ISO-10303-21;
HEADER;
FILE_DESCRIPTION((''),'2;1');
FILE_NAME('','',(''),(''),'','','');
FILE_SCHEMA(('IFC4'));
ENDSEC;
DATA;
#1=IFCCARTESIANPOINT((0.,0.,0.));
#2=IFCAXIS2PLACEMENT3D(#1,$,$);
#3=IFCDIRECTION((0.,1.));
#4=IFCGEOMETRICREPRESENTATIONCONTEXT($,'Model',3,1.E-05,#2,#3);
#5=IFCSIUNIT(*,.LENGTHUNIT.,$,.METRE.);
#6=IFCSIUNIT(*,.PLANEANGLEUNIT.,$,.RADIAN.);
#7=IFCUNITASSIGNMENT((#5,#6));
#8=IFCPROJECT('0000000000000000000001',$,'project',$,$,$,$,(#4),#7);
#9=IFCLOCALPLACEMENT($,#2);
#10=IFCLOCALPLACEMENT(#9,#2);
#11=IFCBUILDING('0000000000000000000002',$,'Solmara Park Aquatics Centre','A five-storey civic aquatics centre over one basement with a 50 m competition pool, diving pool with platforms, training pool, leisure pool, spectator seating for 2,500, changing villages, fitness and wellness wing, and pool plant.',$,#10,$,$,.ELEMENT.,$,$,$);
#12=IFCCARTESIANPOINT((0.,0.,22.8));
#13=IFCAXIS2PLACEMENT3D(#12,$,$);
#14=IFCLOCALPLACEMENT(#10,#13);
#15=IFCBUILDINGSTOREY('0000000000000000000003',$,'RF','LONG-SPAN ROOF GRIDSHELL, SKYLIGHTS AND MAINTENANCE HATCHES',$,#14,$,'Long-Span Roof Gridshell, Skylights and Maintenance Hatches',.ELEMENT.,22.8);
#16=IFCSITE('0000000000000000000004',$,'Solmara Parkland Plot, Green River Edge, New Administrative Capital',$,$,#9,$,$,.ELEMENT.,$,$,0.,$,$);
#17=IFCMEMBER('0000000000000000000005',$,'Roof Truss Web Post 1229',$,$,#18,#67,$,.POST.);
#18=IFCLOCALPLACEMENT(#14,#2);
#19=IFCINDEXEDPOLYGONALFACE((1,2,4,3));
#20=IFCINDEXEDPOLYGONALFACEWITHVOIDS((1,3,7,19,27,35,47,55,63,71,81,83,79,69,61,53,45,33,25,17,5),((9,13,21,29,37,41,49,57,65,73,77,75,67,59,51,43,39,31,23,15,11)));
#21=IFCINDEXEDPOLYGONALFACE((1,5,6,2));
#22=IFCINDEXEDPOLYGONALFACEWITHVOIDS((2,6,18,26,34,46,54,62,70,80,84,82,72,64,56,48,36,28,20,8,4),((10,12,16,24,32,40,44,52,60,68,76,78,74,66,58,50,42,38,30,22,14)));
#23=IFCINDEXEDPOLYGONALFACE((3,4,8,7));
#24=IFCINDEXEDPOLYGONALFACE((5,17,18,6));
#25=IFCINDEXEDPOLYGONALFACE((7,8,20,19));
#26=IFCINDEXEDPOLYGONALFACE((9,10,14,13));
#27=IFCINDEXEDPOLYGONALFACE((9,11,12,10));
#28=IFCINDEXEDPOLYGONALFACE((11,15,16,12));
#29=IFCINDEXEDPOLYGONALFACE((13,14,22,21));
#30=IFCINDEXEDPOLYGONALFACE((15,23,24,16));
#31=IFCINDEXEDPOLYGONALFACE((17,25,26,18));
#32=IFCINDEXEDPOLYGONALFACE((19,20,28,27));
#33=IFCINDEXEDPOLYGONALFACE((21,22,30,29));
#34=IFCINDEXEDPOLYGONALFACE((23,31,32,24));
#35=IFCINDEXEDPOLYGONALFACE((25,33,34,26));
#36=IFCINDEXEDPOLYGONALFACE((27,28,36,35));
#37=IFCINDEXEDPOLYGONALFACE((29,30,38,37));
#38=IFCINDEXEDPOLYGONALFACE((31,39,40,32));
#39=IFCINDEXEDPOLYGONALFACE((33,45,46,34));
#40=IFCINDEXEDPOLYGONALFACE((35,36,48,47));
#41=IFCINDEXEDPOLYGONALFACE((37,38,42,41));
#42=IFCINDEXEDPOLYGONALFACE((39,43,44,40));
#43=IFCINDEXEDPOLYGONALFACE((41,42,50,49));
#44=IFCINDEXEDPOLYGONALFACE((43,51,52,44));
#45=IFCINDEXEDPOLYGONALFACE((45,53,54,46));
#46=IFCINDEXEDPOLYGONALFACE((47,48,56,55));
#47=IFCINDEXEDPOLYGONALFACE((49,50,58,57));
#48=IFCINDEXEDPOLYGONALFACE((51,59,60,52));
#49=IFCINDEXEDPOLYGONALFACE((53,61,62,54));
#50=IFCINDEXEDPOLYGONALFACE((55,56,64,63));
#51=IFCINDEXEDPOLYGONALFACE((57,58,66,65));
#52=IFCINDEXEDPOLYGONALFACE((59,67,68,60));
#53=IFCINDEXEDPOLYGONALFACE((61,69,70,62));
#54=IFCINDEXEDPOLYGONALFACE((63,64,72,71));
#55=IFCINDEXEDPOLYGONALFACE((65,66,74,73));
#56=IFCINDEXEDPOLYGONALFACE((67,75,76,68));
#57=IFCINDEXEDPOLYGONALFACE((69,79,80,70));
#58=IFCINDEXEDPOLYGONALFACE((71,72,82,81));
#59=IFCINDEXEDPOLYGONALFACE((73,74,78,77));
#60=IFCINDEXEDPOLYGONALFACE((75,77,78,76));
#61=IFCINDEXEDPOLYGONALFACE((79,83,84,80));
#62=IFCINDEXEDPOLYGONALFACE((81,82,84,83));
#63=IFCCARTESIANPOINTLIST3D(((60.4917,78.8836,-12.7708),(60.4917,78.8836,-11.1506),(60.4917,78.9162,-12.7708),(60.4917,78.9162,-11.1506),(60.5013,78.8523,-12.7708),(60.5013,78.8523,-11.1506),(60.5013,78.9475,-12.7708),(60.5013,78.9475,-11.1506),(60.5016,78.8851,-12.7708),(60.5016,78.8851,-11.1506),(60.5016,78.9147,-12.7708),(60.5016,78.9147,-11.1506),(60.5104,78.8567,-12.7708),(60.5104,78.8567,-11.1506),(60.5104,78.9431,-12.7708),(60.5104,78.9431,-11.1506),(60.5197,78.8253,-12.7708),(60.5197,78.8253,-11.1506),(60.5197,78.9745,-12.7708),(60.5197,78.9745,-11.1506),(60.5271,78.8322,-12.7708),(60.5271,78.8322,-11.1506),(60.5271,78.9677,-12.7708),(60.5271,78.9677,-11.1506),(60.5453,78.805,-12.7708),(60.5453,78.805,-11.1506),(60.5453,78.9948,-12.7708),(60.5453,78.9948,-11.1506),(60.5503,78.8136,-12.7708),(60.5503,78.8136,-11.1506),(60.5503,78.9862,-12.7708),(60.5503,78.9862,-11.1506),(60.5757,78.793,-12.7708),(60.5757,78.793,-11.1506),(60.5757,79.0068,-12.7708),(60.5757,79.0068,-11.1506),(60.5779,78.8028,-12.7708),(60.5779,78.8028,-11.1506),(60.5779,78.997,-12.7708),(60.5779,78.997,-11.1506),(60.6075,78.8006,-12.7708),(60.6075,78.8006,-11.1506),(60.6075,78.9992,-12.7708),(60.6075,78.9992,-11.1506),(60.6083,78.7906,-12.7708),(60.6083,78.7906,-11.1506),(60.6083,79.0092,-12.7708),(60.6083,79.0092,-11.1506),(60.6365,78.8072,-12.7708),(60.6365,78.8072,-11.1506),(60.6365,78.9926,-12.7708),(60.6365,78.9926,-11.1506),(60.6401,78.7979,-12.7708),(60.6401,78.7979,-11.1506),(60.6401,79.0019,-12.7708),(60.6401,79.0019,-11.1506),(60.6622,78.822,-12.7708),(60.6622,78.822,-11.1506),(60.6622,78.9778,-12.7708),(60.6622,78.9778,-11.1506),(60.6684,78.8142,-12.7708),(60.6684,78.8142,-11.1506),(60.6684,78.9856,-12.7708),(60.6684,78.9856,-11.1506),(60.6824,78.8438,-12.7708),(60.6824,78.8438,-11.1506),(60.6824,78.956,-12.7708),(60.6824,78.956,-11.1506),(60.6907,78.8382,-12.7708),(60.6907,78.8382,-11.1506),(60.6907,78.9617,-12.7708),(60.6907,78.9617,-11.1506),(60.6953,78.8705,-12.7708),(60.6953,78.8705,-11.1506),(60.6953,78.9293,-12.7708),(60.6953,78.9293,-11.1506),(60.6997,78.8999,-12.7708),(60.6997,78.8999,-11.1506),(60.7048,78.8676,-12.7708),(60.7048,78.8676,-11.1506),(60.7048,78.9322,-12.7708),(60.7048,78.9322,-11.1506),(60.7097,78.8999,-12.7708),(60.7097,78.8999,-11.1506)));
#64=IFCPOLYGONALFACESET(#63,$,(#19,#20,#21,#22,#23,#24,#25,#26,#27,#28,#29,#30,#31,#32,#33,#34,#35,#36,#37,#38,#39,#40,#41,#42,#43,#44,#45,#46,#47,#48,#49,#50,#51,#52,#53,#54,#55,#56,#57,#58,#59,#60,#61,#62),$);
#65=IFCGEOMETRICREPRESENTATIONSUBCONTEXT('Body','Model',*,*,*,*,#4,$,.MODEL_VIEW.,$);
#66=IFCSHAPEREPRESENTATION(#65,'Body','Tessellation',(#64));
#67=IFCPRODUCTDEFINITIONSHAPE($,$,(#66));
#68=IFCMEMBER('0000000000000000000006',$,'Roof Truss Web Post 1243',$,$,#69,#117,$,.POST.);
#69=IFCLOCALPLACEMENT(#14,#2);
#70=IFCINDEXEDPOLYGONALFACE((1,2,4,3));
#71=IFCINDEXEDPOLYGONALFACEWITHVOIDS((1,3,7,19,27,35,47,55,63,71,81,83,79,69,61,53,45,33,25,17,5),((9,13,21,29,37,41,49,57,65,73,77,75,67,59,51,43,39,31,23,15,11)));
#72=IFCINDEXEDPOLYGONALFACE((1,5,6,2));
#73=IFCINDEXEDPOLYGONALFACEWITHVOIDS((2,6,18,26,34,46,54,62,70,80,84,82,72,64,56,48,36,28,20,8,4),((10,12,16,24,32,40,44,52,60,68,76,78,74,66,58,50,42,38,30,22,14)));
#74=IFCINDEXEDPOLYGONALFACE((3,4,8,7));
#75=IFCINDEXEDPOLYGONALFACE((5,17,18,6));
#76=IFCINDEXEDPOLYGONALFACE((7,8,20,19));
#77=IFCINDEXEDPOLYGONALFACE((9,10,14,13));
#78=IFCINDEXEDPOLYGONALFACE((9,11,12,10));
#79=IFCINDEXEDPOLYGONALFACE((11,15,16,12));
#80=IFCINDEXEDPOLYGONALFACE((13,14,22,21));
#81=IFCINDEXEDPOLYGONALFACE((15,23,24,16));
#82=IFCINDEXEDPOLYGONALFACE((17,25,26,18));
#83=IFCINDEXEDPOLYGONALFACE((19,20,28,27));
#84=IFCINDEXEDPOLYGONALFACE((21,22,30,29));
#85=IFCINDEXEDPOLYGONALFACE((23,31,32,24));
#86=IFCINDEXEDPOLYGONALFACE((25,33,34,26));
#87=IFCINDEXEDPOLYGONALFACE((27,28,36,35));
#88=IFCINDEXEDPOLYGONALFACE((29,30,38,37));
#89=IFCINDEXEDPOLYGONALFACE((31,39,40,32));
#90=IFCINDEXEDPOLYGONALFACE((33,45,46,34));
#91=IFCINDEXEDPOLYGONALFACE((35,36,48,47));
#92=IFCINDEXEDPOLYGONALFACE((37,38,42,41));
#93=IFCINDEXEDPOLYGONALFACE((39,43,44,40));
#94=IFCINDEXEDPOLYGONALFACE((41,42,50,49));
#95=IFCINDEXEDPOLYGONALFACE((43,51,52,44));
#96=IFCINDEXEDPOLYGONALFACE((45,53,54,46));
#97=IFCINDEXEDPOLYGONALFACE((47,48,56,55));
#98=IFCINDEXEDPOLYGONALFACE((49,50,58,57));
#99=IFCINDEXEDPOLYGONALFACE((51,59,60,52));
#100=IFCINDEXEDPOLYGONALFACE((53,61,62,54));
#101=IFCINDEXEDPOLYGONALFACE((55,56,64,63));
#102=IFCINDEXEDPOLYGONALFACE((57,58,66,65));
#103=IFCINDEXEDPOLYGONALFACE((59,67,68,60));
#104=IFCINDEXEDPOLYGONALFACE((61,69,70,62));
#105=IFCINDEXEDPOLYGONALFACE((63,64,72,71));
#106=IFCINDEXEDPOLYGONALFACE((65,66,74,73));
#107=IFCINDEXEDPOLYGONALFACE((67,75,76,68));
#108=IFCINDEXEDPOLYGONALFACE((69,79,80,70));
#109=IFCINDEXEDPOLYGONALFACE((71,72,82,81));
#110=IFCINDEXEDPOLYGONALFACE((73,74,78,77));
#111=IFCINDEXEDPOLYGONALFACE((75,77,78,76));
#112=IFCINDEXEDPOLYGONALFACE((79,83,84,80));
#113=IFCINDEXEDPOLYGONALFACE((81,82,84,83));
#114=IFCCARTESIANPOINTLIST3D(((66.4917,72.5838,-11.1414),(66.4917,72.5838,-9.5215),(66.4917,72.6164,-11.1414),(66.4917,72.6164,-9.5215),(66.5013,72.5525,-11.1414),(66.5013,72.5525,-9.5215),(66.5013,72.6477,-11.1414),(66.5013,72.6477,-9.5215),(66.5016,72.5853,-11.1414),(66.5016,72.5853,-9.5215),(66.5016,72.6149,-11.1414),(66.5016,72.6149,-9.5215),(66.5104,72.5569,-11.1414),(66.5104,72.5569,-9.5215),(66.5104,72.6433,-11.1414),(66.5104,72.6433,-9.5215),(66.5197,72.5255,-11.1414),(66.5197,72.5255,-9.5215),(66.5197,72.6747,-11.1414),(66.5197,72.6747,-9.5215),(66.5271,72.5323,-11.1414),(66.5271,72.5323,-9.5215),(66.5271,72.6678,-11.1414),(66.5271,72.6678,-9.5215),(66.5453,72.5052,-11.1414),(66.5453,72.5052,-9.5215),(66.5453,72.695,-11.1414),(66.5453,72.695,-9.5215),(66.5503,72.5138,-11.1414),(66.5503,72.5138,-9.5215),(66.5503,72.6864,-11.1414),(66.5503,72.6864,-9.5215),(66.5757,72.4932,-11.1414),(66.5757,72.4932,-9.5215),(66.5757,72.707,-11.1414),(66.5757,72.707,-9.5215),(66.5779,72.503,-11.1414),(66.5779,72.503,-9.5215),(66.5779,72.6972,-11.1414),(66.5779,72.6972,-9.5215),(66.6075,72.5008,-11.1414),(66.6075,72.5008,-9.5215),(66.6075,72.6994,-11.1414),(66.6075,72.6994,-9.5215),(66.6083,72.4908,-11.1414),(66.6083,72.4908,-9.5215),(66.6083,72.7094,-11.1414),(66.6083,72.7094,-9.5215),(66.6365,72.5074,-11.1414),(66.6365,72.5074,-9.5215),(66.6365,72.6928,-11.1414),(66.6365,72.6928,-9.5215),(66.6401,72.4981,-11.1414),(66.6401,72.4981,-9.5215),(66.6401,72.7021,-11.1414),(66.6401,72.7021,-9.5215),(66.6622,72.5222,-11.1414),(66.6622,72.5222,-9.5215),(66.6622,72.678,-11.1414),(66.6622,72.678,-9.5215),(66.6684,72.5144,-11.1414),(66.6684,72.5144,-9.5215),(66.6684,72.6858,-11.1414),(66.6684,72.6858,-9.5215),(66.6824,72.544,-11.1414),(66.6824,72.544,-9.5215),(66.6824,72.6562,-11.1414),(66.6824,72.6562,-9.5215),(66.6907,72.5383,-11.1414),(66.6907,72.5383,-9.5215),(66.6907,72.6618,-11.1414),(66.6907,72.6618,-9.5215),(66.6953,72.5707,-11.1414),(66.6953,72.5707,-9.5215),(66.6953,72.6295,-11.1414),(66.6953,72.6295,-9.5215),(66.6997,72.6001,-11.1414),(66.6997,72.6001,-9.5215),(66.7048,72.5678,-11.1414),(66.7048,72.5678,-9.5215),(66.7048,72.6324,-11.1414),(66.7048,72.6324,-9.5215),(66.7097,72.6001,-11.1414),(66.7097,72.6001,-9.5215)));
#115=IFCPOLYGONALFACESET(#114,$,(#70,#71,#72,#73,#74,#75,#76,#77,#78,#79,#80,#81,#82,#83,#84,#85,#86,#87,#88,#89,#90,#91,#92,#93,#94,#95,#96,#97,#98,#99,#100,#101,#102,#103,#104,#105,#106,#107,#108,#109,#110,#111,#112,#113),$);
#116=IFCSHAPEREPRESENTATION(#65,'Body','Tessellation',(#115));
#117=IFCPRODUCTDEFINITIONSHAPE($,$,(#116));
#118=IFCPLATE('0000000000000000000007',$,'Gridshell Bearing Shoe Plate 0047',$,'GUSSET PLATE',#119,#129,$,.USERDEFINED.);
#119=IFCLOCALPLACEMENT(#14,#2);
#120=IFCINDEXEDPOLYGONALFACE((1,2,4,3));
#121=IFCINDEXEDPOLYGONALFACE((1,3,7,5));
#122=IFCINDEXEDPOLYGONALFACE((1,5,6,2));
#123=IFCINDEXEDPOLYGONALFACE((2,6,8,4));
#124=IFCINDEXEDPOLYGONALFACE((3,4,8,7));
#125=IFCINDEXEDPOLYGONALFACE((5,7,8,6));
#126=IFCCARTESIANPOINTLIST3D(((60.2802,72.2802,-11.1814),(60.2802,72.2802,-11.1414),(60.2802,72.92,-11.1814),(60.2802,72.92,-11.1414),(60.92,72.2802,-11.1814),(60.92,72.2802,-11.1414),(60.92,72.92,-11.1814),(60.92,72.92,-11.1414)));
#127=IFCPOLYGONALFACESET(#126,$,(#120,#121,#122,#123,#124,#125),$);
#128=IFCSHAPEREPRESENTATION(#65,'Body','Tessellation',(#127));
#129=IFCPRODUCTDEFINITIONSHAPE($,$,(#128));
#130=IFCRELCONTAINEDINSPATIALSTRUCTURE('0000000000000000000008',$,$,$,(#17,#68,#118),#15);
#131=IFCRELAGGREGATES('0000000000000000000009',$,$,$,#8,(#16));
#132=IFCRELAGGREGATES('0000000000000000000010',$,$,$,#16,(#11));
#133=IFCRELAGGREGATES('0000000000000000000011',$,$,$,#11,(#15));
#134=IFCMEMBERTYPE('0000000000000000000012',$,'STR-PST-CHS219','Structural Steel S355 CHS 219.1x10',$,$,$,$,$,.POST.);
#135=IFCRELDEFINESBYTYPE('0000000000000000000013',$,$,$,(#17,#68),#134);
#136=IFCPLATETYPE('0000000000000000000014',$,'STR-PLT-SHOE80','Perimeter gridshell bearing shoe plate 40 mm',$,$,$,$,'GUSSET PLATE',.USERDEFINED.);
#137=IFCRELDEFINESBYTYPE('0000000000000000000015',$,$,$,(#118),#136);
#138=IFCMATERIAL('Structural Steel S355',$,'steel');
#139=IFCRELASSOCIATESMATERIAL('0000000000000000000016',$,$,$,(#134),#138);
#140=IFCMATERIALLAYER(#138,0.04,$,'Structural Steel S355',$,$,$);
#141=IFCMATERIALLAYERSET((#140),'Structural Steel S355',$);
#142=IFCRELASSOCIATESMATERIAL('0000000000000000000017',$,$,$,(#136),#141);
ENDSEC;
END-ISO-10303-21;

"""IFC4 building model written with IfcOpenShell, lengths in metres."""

from ifc_helpers import new_model, si_unit, direction, frame, origin, origin_2d, place, context, subcontext, project, spatial, rectangle, hollow_circle, extrude, material, layer, layer_set, material_profile, profile_set, type_object, element, save


model = new_model("IFC4")

# Units and contexts
model_context = context("Model", 3, precision=1e-05, world=origin(), true_north=direction((0.0, 1.0)))
body_context = subcontext(model_context, "Body", "Model", "MODEL_VIEW")
ifc_project = project(units=[si_unit("LENGTHUNIT", "METRE"), si_unit("PLANEANGLEUNIT", "RADIAN")], contexts=[model_context])

# Site, building, storey
site_placement = place(None, origin())
site = spatial("IfcSite", under=ifc_project, at=site_placement, Name="Solmara Parkland Plot, Green River Edge, New Administrative Capital", CompositionType="ELEMENT", RefElevation=0.0)
building_placement = place(site_placement, origin())
building = spatial("IfcBuilding", under=site, at=building_placement, Name="Solmara Park Aquatics Centre", Description="A five-storey civic aquatics centre over one basement with a 50 m competition pool, diving pool with platforms, training pool, leisure pool, spectator seating for 2,500, changing villages, fitness and wellness wing, and pool plant.", CompositionType="ELEMENT")
storey_placement = place(building_placement, frame((0.0, 0.0, 22.8)))
storey = spatial("IfcBuildingStorey", under=building, at=storey_placement, Name="RF", Description="LONG-SPAN ROOF GRIDSHELL, SKYLIGHTS AND MAINTENANCE HATCHES", LongName="Long-Span Roof Gridshell, Skylights and Maintenance Hatches", CompositionType="ELEMENT", Elevation=22.8)

# Members
ifc_material_1 = material(Name="Structural Steel S355", Category="steel")
ifc_material_profile_1 = material_profile(ifc_material_1, hollow_circle(Radius=0.1096, WallThickness=0.01, at=origin_2d()), Name="CHS 219.1x10")
ifc_profile_set_1 = profile_set([ifc_material_profile_1], Name="Structural Steel S355")
member_type_1 = type_object("IfcMemberType", Name="STR-PST-CHS219", Description="Structural Steel S355 CHS 219.1x10", PredefinedType="POST", material=ifc_profile_set_1)
member_1_placement = place(storey_placement, frame((60.6001, 78.8999, -12.7708), z_axis=(0.0, 0.0, 1.0), x_axis=(1.0, 0.0, 0.0)))
element("IfcMember", 1, at=member_1_placement, inside=storey, type_object=member_type_1, Name="Roof Truss Web Post 1229", PredefinedType="POST", context=body_context, shape_type="SweptSolid", body=[
    extrude(hollow_circle(Radius=0.1096, WallThickness=0.01, at=origin_2d()), origin(), (0.0, 0.0, 1.0), 1.6201),
])
member_2_placement = place(storey_placement, frame((66.6001, 72.6001, -11.1414), z_axis=(0.0, 0.0, 1.0), x_axis=(1.0, 0.0, 0.0)))
element("IfcMember", 2, at=member_2_placement, inside=storey, type_object=member_type_1, Name="Roof Truss Web Post 1243", PredefinedType="POST", context=body_context, shape_type="SweptSolid", body=[
    extrude(hollow_circle(Radius=0.1096, WallThickness=0.01, at=origin_2d()), origin(), (0.0, 0.0, 1.0), 1.6199),
])

# Plate
ifc_layer = layer(ifc_material_1, 0.04, Name="Structural Steel S355")
ifc_layer_set = layer_set([ifc_layer], Name="Structural Steel S355")
plate_type = type_object("IfcPlateType", Name="STR-PLT-SHOE80", Description="Perimeter gridshell bearing shoe plate 40 mm", ElementType="GUSSET PLATE", PredefinedType="USERDEFINED", material=ifc_layer_set)
plate_placement = place(storey_placement, frame((60.6001, 72.6001, -11.1814), z_axis=(0.0, 0.0, 1.0), x_axis=(1.0, 0.0, 0.0)))
element("IfcPlate", 3, at=plate_placement, inside=storey, type_object=plate_type, Name="Gridshell Bearing Shoe Plate 0047", ObjectType="GUSSET PLATE", PredefinedType="USERDEFINED", context=body_context, shape_type="SweptSolid", body=[
    extrude(rectangle(XDim=0.6399, YDim=0.6399, at=origin_2d()), origin(), (0.0, 0.0, 1.0), 0.04),
])

save(model, "model.ifc")
